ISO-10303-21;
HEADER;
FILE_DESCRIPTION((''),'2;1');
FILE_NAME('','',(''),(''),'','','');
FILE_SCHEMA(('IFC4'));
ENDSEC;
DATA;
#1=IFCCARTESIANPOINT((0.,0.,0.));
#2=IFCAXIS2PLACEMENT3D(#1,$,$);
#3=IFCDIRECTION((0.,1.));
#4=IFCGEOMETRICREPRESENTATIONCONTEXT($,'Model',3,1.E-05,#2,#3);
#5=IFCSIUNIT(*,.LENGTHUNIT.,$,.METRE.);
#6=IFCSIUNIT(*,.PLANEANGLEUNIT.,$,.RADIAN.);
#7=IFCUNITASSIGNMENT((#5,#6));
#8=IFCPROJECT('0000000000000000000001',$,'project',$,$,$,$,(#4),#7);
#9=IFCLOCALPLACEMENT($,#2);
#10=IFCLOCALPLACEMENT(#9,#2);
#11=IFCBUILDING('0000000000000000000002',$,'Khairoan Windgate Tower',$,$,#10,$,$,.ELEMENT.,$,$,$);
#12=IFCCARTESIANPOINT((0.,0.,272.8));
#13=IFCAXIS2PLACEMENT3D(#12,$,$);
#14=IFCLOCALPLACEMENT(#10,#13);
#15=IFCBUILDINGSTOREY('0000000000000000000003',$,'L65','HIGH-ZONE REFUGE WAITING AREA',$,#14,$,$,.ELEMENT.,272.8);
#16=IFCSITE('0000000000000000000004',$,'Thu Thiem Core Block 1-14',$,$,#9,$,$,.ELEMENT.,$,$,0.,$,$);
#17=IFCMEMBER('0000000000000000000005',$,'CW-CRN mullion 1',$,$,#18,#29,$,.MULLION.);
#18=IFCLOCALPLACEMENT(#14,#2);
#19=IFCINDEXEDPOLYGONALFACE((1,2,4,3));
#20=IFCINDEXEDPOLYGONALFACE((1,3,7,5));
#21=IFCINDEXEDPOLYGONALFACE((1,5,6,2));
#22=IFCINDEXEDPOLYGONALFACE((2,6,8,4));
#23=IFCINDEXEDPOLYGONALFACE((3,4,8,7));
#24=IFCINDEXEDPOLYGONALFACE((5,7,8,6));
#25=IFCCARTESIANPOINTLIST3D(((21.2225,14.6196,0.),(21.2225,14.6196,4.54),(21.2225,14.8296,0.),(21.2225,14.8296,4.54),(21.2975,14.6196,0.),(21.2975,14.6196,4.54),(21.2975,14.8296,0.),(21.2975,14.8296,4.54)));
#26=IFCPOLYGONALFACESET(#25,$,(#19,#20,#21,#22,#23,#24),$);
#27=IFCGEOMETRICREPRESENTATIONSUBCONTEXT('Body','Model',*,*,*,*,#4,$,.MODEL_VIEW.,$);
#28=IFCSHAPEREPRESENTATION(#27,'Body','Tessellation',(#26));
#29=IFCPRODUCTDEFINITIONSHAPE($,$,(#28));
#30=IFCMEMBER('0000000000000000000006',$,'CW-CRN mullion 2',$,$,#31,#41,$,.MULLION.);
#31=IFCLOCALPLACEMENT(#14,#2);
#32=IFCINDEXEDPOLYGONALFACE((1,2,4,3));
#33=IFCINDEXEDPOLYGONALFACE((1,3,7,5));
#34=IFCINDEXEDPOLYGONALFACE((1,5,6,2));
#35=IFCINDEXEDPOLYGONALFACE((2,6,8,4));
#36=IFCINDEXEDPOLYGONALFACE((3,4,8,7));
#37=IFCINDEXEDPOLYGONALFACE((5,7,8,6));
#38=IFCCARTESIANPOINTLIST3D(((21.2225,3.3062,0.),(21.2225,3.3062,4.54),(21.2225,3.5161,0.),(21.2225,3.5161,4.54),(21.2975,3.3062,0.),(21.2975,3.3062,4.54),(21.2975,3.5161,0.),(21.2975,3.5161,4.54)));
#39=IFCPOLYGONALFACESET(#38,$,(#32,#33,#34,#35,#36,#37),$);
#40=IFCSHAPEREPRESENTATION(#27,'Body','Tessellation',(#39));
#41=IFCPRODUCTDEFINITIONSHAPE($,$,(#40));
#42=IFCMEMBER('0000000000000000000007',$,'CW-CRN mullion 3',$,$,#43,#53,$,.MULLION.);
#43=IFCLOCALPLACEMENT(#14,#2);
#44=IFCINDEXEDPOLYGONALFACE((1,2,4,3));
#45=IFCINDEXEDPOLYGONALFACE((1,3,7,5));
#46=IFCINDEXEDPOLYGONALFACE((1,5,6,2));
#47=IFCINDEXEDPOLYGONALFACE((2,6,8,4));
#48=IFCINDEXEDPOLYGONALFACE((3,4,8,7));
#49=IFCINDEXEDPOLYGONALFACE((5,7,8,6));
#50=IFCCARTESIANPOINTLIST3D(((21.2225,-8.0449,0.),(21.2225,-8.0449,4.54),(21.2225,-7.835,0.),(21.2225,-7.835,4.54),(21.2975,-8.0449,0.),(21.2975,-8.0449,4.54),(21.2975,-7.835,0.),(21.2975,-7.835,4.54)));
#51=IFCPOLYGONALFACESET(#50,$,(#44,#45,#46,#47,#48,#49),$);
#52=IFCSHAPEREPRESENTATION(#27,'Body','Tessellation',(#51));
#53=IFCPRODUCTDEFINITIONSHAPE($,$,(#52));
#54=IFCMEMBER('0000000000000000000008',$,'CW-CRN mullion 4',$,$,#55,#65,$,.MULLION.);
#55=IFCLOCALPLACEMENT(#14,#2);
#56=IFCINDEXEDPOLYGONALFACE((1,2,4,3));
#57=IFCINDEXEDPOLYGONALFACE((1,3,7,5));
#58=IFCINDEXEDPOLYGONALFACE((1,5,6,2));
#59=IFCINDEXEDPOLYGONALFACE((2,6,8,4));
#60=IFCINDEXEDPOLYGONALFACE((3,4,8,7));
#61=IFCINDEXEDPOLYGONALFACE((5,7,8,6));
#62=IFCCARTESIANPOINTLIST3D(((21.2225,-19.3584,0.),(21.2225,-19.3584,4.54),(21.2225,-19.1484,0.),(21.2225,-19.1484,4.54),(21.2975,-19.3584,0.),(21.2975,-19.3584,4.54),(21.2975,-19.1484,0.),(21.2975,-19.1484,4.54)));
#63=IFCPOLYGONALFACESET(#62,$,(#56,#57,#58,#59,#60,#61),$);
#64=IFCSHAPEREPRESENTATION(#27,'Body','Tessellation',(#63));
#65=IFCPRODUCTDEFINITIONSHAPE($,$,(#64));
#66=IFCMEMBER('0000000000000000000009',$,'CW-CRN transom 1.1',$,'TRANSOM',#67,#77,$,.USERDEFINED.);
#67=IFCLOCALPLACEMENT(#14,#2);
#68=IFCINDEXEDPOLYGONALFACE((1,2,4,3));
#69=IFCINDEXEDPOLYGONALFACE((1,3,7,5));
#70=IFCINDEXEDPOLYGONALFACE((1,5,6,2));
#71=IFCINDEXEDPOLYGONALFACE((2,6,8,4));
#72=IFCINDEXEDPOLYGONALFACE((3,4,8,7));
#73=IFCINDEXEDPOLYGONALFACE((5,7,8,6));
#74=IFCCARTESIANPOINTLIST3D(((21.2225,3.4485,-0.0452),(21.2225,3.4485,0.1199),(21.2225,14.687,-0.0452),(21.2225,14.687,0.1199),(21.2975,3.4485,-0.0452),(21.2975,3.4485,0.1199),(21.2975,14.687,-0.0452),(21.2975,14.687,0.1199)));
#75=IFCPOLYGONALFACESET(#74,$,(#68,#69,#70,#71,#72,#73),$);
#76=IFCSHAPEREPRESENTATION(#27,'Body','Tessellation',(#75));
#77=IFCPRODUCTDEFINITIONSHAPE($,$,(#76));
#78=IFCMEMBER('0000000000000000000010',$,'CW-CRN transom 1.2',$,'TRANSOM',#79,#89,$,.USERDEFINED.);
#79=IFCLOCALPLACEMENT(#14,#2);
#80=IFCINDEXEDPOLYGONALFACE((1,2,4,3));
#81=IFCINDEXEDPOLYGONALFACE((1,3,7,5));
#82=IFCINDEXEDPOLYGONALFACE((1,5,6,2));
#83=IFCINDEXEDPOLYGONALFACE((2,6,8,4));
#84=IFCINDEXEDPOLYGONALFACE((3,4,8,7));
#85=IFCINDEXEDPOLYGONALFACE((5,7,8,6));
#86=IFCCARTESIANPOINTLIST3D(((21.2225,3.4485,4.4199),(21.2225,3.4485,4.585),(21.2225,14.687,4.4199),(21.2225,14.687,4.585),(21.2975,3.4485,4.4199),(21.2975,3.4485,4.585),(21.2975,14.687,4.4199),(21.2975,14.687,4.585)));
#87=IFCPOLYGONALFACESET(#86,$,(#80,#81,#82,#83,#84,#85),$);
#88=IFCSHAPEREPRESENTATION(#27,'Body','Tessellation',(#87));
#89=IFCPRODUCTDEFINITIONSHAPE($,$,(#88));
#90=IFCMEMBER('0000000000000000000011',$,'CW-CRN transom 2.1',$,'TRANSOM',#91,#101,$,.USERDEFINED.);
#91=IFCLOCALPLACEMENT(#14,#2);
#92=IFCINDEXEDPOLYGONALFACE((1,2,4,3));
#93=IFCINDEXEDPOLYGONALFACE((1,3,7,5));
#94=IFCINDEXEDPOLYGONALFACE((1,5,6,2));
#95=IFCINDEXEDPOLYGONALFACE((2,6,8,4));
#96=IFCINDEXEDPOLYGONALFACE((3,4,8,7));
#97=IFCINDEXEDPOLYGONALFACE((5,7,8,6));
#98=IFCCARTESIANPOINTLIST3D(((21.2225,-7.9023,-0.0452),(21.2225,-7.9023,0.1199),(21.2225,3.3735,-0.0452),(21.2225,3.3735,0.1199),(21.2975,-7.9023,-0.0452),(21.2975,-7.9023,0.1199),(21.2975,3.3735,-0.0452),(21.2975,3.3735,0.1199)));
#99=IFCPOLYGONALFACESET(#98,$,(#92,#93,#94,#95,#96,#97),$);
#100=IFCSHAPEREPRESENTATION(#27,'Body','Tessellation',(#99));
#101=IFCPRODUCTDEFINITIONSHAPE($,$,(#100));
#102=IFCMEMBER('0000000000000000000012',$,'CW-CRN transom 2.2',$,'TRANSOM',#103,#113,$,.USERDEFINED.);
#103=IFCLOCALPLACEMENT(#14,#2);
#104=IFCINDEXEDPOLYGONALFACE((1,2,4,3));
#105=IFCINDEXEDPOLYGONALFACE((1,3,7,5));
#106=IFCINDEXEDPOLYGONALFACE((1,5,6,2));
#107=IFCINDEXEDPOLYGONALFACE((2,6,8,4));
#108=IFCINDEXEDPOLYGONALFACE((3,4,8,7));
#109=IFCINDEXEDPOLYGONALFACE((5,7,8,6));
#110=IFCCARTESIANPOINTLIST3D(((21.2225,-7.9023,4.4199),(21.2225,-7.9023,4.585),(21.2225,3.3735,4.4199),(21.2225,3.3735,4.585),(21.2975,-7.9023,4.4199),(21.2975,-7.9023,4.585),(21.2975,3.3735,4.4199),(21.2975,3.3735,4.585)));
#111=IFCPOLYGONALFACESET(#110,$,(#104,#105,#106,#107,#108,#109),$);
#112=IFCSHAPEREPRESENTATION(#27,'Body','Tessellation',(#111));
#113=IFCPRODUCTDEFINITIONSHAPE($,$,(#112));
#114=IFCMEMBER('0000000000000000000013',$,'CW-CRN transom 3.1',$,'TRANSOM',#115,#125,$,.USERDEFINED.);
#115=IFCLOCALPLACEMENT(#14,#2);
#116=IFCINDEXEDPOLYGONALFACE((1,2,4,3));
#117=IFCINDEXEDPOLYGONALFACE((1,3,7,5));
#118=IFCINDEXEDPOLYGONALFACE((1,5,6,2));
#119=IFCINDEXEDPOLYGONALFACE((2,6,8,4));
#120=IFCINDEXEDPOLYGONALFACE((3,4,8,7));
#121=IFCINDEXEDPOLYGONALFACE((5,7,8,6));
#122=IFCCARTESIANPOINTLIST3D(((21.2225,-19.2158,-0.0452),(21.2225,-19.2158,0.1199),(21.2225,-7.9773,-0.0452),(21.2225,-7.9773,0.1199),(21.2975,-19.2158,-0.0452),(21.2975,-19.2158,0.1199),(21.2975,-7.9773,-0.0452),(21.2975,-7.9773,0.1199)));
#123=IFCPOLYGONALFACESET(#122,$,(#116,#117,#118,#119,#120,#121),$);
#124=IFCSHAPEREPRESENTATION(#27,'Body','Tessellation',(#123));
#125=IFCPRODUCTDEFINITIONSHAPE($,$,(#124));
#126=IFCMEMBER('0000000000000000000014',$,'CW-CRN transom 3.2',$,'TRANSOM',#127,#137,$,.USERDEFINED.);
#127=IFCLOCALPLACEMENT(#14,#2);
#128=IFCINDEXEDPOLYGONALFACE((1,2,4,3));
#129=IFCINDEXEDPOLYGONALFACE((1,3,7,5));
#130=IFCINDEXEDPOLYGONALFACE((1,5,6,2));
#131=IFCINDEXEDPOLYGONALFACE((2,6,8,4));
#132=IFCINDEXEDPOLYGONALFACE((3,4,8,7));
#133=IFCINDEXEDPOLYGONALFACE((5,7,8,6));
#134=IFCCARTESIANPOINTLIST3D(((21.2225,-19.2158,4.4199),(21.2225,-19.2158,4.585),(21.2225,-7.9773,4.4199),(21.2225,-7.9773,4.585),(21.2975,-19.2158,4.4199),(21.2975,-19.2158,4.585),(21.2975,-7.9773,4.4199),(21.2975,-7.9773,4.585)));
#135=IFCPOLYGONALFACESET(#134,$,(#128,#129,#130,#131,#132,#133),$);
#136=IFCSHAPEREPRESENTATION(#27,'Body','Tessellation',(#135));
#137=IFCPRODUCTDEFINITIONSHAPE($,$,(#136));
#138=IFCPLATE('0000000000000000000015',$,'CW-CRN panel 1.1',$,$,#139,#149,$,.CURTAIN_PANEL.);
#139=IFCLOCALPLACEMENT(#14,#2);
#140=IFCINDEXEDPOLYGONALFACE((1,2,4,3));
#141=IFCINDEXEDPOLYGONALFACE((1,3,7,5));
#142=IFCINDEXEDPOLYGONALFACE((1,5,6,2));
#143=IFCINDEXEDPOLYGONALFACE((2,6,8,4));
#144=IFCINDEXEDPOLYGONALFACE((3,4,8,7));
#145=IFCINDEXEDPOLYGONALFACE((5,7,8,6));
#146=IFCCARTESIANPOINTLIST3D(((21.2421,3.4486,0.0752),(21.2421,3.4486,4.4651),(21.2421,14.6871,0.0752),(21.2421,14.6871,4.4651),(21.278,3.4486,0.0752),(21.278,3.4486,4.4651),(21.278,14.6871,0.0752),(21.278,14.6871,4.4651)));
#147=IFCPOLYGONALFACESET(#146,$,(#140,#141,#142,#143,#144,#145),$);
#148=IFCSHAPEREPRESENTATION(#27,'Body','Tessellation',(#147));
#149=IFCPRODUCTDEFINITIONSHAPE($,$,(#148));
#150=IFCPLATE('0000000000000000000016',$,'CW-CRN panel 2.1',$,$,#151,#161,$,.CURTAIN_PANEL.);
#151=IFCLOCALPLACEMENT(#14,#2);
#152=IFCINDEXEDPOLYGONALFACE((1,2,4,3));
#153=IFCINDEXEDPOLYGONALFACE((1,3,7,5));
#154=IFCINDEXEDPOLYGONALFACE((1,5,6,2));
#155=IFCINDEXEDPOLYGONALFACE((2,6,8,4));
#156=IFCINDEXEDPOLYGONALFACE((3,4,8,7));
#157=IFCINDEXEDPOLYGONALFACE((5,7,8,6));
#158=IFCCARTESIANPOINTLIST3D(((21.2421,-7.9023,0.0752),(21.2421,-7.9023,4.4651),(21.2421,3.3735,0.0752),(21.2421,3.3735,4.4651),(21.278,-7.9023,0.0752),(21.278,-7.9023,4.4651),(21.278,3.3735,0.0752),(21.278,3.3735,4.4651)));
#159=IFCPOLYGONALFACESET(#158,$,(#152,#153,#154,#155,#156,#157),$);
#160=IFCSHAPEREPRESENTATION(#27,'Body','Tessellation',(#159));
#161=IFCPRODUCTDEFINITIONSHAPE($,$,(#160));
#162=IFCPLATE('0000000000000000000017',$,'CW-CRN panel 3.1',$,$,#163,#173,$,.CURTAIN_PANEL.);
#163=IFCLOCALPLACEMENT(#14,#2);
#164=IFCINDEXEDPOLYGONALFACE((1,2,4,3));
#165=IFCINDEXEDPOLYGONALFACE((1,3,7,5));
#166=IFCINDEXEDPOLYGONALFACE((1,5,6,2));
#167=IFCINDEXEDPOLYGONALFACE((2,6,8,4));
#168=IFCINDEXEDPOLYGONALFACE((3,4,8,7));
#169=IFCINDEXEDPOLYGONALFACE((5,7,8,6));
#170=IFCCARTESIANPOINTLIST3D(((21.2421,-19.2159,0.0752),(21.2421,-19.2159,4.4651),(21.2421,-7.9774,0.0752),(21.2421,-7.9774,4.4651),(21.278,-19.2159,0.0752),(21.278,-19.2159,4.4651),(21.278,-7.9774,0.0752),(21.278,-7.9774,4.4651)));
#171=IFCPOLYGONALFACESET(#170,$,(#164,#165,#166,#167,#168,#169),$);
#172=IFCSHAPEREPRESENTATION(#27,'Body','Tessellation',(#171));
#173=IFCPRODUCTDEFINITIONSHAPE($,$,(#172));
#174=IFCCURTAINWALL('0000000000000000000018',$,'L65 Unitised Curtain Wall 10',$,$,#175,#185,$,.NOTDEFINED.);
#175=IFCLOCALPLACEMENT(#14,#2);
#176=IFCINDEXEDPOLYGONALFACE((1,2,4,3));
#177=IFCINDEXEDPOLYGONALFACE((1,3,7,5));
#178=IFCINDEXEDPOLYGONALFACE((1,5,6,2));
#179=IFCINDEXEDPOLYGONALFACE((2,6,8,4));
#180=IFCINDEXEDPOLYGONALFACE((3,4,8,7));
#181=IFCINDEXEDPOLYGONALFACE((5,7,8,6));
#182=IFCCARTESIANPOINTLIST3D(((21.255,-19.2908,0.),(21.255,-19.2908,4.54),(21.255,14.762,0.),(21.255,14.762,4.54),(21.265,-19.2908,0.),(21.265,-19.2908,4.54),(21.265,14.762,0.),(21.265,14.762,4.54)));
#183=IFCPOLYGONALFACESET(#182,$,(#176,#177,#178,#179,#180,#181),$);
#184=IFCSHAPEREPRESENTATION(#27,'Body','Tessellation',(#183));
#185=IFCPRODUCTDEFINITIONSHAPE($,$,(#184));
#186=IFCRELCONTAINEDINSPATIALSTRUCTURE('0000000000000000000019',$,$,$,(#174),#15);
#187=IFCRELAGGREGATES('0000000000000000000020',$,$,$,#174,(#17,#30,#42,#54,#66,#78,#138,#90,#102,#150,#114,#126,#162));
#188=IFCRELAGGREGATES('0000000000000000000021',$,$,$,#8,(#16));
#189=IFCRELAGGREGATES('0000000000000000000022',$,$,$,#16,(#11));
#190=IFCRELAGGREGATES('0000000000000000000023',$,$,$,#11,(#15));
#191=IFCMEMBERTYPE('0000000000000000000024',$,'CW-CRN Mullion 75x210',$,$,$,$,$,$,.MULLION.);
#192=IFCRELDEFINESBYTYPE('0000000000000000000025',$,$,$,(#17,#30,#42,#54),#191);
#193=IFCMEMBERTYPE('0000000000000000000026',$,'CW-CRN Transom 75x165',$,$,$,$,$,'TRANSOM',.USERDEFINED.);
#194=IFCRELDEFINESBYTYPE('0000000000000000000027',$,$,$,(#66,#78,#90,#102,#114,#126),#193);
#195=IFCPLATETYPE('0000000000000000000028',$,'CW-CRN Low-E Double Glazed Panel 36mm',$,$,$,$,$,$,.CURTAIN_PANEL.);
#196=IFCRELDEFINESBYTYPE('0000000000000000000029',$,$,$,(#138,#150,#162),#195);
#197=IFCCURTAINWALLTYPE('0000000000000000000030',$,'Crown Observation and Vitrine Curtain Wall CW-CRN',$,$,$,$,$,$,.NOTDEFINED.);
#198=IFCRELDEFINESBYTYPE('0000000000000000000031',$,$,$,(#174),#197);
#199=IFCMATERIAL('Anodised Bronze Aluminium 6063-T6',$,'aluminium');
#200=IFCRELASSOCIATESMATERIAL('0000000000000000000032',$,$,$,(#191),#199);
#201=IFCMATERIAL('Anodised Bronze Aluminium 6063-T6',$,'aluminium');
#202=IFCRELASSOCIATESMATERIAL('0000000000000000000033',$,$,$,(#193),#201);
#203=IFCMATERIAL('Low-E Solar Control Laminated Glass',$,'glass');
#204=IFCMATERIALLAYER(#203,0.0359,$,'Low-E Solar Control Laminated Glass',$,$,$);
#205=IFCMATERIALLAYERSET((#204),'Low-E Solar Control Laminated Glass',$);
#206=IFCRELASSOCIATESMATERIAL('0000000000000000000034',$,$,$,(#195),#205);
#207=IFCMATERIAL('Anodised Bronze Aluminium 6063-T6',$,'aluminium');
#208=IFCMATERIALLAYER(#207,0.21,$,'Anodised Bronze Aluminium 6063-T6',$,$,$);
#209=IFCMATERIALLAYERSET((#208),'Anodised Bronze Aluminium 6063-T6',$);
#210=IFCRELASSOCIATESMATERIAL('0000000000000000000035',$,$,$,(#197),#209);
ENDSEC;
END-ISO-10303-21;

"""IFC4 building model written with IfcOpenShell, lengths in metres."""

from ifc_helpers import new_model, si_unit, direction, frame, frame_2d, origin, origin_2d, place, context, subcontext, project, spatial, rectangle, extrude, material, layer, layer_set, material_profile, profile_set, type_object, element, aggregate, save


model = new_model("IFC4")

# Units and contexts
model_context = context("Model", 3, precision=1e-05, world=origin(), true_north=direction((0.0, 1.0)))
body_context = subcontext(model_context, "Body", "Model", "MODEL_VIEW")
ifc_project = project(units=[si_unit("LENGTHUNIT", "METRE"), si_unit("PLANEANGLEUNIT", "RADIAN")], contexts=[model_context])

# Site, building, storey
site_placement = place(None, origin())
site = spatial("IfcSite", under=ifc_project, at=site_placement, Name="Thu Thiem Core Block 1-14", CompositionType="ELEMENT", RefElevation=0.0)
building_placement = place(site_placement, origin())
building = spatial("IfcBuilding", under=site, at=building_placement, Name="Khairoan Windgate Tower", CompositionType="ELEMENT")
storey_placement = place(building_placement, frame((0.0, 0.0, 272.8)))
storey = spatial("IfcBuildingStorey", under=building, at=storey_placement, Name="L65", Description="HIGH-ZONE REFUGE WAITING AREA", CompositionType="ELEMENT", Elevation=272.8)

# Members
ifc_material_1 = material(Name="Anodised Bronze Aluminium 6063-T6", Category="aluminium")
ifc_material_profile_1 = material_profile(ifc_material_1, rectangle(XDim=0.075, YDim=0.21, at=origin_2d()))
ifc_profile_set_1 = profile_set([ifc_material_profile_1], Name="Anodised Bronze Aluminium 6063-T6")
member_type_1 = type_object("IfcMemberType", Name="CW-CRN Mullion 75x210", PredefinedType="MULLION", material=ifc_profile_set_1)
member_1_placement = place(storey_placement, frame((21.26, 14.7246, 0.0), z_axis=(0.0, 0.0, 1.0), x_axis=(1.0, 0.0, 0.0)))
member_1 = element("IfcMember", 1, at=member_1_placement, type_object=member_type_1, Name="CW-CRN mullion 1", PredefinedType="MULLION", context=body_context, shape_type="SweptSolid", body=[
    extrude(rectangle(XDim=0.075, YDim=0.21, at=origin_2d()), origin(), (0.0, 0.0, 1.0), 4.54),
])
member_2_placement = place(storey_placement, frame((21.26, 3.4111, 0.0), z_axis=(0.0, 0.0, 1.0), x_axis=(1.0, 0.0, 0.0)))
member_2 = element("IfcMember", 2, at=member_2_placement, type_object=member_type_1, Name="CW-CRN mullion 2", PredefinedType="MULLION", context=body_context, shape_type="SweptSolid", body=[
    extrude(rectangle(XDim=0.075, YDim=0.21, at=origin_2d()), origin(), (0.0, 0.0, 1.0), 4.54),
])
member_3_placement = place(storey_placement, frame((21.26, -7.9399, 0.0), z_axis=(0.0, 0.0, 1.0), x_axis=(1.0, 0.0, 0.0)))
member_3 = element("IfcMember", 3, at=member_3_placement, type_object=member_type_1, Name="CW-CRN mullion 3", PredefinedType="MULLION", context=body_context, shape_type="SweptSolid", body=[
    extrude(rectangle(XDim=0.075, YDim=0.21, at=origin_2d()), origin(), (0.0, 0.0, 1.0), 4.54),
])
member_4_placement = place(storey_placement, frame((21.26, -19.2534, 0.0), z_axis=(0.0, 0.0, 1.0), x_axis=(1.0, 0.0, 0.0)))
member_4 = element("IfcMember", 4, at=member_4_placement, type_object=member_type_1, Name="CW-CRN mullion 4", PredefinedType="MULLION", context=body_context, shape_type="SweptSolid", body=[
    extrude(rectangle(XDim=0.075, YDim=0.21, at=origin_2d()), origin(), (0.0, 0.0, 1.0), 4.54),
])
ifc_material_2 = material(Name="Anodised Bronze Aluminium 6063-T6", Category="aluminium")
ifc_material_profile_2 = material_profile(ifc_material_2, rectangle(XDim=0.075, YDim=0.165, at=origin_2d()))
ifc_profile_set_2 = profile_set([ifc_material_profile_2], Name="Anodised Bronze Aluminium 6063-T6")
member_type_2 = type_object("IfcMemberType", Name="CW-CRN Transom 75x165", ElementType="TRANSOM", PredefinedType="USERDEFINED", material=ifc_profile_set_2)
member_5_placement = place(storey_placement, frame((21.26, 14.687, 0.0374), z_axis=(0.0, -1.0, 0.0), x_axis=(1.0, 0.0, 0.0)))
member_5 = element("IfcMember", 5, at=member_5_placement, type_object=member_type_2, Name="CW-CRN transom 1.1", ObjectType="TRANSOM", PredefinedType="USERDEFINED", context=body_context, shape_type="SweptSolid", body=[
    extrude(rectangle(XDim=0.075, YDim=0.165, at=origin_2d()), origin(), (0.0, 0.0, 1.0), 11.2385),
])
member_6_placement = place(storey_placement, frame((21.26, 14.687, 4.5024), z_axis=(0.0, -1.0, 0.0), x_axis=(1.0, 0.0, 0.0)))
member_6 = element("IfcMember", 6, at=member_6_placement, type_object=member_type_2, Name="CW-CRN transom 1.2", ObjectType="TRANSOM", PredefinedType="USERDEFINED", context=body_context, shape_type="SweptSolid", body=[
    extrude(rectangle(XDim=0.075, YDim=0.165, at=origin_2d()), origin(), (0.0, 0.0, 1.0), 11.2385),
])
member_7_placement = place(storey_placement, frame((21.26, 3.3735, 0.0374), z_axis=(0.0, -1.0, 0.0), x_axis=(1.0, 0.0, 0.0)))
member_7 = element("IfcMember", 7, at=member_7_placement, type_object=member_type_2, Name="CW-CRN transom 2.1", ObjectType="TRANSOM", PredefinedType="USERDEFINED", context=body_context, shape_type="SweptSolid", body=[
    extrude(rectangle(XDim=0.075, YDim=0.165, at=origin_2d()), origin(), (0.0, 0.0, 1.0), 11.2759),
])
member_8_placement = place(storey_placement, frame((21.26, 3.3735, 4.5024), z_axis=(0.0, -1.0, 0.0), x_axis=(1.0, 0.0, 0.0)))
member_8 = element("IfcMember", 8, at=member_8_placement, type_object=member_type_2, Name="CW-CRN transom 2.2", ObjectType="TRANSOM", PredefinedType="USERDEFINED", context=body_context, shape_type="SweptSolid", body=[
    extrude(rectangle(XDim=0.075, YDim=0.165, at=origin_2d()), origin(), (0.0, 0.0, 1.0), 11.2759),
])
member_9_placement = place(storey_placement, frame((21.26, -7.9773, 0.0374), z_axis=(0.0, -1.0, 0.0), x_axis=(1.0, 0.0, 0.0)))
member_9 = element("IfcMember", 9, at=member_9_placement, type_object=member_type_2, Name="CW-CRN transom 3.1", ObjectType="TRANSOM", PredefinedType="USERDEFINED", context=body_context, shape_type="SweptSolid", body=[
    extrude(rectangle(XDim=0.075, YDim=0.165, at=origin_2d()), origin(), (0.0, 0.0, 1.0), 11.2385),
])
member_10_placement = place(storey_placement, frame((21.26, -7.9773, 4.5024), z_axis=(0.0, -1.0, 0.0), x_axis=(1.0, 0.0, 0.0)))
member_10 = element("IfcMember", 10, at=member_10_placement, type_object=member_type_2, Name="CW-CRN transom 3.2", ObjectType="TRANSOM", PredefinedType="USERDEFINED", context=body_context, shape_type="SweptSolid", body=[
    extrude(rectangle(XDim=0.075, YDim=0.165, at=origin_2d()), origin(), (0.0, 0.0, 1.0), 11.2385),
])

# Plates
ifc_material_3 = material(Name="Low-E Solar Control Laminated Glass", Category="glass")
ifc_layer_1 = layer(ifc_material_3, 0.0359, Name="Low-E Solar Control Laminated Glass")
ifc_layer_set_1 = layer_set([ifc_layer_1], Name="Low-E Solar Control Laminated Glass")
plate_type = type_object("IfcPlateType", Name="CW-CRN Low-E Double Glazed Panel 36mm", PredefinedType="CURTAIN_PANEL", material=ifc_layer_set_1)
plate_1_placement = place(storey_placement, frame((21.26, 9.0679, 0.0752), z_axis=(0.0, 0.0, 1.0), x_axis=(0.0, -1.0, 0.0)))
plate_1 = element("IfcPlate", 11, at=plate_1_placement, type_object=plate_type, Name="CW-CRN panel 1.1", PredefinedType="CURTAIN_PANEL", context=body_context, shape_type="SweptSolid", body=[
    extrude(rectangle(XDim=11.2385, YDim=0.0359, at=origin_2d()), origin(), (0.0, 0.0, 1.0), 4.3899),
])
plate_2_placement = place(storey_placement, frame((21.26, -2.2644, 0.0752), z_axis=(0.0, 0.0, 1.0), x_axis=(0.0, -1.0, 0.0)))
plate_2 = element("IfcPlate", 12, at=plate_2_placement, type_object=plate_type, Name="CW-CRN panel 2.1", PredefinedType="CURTAIN_PANEL", context=body_context, shape_type="SweptSolid", body=[
    extrude(rectangle(XDim=11.2759, YDim=0.0359, at=origin_2d()), origin(), (0.0, 0.0, 1.0), 4.3899),
])
plate_3_placement = place(storey_placement, frame((21.26, -13.5967, 0.0752), z_axis=(0.0, 0.0, 1.0), x_axis=(0.0, -1.0, 0.0)))
plate_3 = element("IfcPlate", 13, at=plate_3_placement, type_object=plate_type, Name="CW-CRN panel 3.1", PredefinedType="CURTAIN_PANEL", context=body_context, shape_type="SweptSolid", body=[
    extrude(rectangle(XDim=11.2385, YDim=0.0359, at=origin_2d()), origin(), (0.0, 0.0, 1.0), 4.3899),
])

# Curtain wall
ifc_material_4 = material(Name="Anodised Bronze Aluminium 6063-T6", Category="aluminium")
ifc_layer_2 = layer(ifc_material_4, 0.21, Name="Anodised Bronze Aluminium 6063-T6")
ifc_layer_set_2 = layer_set([ifc_layer_2], Name="Anodised Bronze Aluminium 6063-T6")
curtain_wall_type = type_object("IfcCurtainWallType", Name="Crown Observation and Vitrine Curtain Wall CW-CRN", PredefinedType="NOTDEFINED", material=ifc_layer_set_2)
curtain_wall_placement = place(storey_placement, frame((21.26, 14.762, 0.0), z_axis=(0.0, 0.0, 1.0), x_axis=(0.0, -1.0, 0.0)))
curtain_wall = element("IfcCurtainWall", 14, at=curtain_wall_placement, inside=storey, type_object=curtain_wall_type, Name="L65 Unitised Curtain Wall 10", PredefinedType="NOTDEFINED", context=body_context, shape_type="SweptSolid", body=[
    extrude(rectangle(XDim=34.0527, YDim=0.01, at=frame_2d((17.0264, 0.0))), origin(), (0.0, 0.0, 1.0), 4.54),
])
aggregate(curtain_wall, [member_1, member_2, member_3, member_4, member_5, member_6, plate_1, member_7, member_8, plate_2, member_9, member_10, plate_3])

save(model, "model.ifc")
